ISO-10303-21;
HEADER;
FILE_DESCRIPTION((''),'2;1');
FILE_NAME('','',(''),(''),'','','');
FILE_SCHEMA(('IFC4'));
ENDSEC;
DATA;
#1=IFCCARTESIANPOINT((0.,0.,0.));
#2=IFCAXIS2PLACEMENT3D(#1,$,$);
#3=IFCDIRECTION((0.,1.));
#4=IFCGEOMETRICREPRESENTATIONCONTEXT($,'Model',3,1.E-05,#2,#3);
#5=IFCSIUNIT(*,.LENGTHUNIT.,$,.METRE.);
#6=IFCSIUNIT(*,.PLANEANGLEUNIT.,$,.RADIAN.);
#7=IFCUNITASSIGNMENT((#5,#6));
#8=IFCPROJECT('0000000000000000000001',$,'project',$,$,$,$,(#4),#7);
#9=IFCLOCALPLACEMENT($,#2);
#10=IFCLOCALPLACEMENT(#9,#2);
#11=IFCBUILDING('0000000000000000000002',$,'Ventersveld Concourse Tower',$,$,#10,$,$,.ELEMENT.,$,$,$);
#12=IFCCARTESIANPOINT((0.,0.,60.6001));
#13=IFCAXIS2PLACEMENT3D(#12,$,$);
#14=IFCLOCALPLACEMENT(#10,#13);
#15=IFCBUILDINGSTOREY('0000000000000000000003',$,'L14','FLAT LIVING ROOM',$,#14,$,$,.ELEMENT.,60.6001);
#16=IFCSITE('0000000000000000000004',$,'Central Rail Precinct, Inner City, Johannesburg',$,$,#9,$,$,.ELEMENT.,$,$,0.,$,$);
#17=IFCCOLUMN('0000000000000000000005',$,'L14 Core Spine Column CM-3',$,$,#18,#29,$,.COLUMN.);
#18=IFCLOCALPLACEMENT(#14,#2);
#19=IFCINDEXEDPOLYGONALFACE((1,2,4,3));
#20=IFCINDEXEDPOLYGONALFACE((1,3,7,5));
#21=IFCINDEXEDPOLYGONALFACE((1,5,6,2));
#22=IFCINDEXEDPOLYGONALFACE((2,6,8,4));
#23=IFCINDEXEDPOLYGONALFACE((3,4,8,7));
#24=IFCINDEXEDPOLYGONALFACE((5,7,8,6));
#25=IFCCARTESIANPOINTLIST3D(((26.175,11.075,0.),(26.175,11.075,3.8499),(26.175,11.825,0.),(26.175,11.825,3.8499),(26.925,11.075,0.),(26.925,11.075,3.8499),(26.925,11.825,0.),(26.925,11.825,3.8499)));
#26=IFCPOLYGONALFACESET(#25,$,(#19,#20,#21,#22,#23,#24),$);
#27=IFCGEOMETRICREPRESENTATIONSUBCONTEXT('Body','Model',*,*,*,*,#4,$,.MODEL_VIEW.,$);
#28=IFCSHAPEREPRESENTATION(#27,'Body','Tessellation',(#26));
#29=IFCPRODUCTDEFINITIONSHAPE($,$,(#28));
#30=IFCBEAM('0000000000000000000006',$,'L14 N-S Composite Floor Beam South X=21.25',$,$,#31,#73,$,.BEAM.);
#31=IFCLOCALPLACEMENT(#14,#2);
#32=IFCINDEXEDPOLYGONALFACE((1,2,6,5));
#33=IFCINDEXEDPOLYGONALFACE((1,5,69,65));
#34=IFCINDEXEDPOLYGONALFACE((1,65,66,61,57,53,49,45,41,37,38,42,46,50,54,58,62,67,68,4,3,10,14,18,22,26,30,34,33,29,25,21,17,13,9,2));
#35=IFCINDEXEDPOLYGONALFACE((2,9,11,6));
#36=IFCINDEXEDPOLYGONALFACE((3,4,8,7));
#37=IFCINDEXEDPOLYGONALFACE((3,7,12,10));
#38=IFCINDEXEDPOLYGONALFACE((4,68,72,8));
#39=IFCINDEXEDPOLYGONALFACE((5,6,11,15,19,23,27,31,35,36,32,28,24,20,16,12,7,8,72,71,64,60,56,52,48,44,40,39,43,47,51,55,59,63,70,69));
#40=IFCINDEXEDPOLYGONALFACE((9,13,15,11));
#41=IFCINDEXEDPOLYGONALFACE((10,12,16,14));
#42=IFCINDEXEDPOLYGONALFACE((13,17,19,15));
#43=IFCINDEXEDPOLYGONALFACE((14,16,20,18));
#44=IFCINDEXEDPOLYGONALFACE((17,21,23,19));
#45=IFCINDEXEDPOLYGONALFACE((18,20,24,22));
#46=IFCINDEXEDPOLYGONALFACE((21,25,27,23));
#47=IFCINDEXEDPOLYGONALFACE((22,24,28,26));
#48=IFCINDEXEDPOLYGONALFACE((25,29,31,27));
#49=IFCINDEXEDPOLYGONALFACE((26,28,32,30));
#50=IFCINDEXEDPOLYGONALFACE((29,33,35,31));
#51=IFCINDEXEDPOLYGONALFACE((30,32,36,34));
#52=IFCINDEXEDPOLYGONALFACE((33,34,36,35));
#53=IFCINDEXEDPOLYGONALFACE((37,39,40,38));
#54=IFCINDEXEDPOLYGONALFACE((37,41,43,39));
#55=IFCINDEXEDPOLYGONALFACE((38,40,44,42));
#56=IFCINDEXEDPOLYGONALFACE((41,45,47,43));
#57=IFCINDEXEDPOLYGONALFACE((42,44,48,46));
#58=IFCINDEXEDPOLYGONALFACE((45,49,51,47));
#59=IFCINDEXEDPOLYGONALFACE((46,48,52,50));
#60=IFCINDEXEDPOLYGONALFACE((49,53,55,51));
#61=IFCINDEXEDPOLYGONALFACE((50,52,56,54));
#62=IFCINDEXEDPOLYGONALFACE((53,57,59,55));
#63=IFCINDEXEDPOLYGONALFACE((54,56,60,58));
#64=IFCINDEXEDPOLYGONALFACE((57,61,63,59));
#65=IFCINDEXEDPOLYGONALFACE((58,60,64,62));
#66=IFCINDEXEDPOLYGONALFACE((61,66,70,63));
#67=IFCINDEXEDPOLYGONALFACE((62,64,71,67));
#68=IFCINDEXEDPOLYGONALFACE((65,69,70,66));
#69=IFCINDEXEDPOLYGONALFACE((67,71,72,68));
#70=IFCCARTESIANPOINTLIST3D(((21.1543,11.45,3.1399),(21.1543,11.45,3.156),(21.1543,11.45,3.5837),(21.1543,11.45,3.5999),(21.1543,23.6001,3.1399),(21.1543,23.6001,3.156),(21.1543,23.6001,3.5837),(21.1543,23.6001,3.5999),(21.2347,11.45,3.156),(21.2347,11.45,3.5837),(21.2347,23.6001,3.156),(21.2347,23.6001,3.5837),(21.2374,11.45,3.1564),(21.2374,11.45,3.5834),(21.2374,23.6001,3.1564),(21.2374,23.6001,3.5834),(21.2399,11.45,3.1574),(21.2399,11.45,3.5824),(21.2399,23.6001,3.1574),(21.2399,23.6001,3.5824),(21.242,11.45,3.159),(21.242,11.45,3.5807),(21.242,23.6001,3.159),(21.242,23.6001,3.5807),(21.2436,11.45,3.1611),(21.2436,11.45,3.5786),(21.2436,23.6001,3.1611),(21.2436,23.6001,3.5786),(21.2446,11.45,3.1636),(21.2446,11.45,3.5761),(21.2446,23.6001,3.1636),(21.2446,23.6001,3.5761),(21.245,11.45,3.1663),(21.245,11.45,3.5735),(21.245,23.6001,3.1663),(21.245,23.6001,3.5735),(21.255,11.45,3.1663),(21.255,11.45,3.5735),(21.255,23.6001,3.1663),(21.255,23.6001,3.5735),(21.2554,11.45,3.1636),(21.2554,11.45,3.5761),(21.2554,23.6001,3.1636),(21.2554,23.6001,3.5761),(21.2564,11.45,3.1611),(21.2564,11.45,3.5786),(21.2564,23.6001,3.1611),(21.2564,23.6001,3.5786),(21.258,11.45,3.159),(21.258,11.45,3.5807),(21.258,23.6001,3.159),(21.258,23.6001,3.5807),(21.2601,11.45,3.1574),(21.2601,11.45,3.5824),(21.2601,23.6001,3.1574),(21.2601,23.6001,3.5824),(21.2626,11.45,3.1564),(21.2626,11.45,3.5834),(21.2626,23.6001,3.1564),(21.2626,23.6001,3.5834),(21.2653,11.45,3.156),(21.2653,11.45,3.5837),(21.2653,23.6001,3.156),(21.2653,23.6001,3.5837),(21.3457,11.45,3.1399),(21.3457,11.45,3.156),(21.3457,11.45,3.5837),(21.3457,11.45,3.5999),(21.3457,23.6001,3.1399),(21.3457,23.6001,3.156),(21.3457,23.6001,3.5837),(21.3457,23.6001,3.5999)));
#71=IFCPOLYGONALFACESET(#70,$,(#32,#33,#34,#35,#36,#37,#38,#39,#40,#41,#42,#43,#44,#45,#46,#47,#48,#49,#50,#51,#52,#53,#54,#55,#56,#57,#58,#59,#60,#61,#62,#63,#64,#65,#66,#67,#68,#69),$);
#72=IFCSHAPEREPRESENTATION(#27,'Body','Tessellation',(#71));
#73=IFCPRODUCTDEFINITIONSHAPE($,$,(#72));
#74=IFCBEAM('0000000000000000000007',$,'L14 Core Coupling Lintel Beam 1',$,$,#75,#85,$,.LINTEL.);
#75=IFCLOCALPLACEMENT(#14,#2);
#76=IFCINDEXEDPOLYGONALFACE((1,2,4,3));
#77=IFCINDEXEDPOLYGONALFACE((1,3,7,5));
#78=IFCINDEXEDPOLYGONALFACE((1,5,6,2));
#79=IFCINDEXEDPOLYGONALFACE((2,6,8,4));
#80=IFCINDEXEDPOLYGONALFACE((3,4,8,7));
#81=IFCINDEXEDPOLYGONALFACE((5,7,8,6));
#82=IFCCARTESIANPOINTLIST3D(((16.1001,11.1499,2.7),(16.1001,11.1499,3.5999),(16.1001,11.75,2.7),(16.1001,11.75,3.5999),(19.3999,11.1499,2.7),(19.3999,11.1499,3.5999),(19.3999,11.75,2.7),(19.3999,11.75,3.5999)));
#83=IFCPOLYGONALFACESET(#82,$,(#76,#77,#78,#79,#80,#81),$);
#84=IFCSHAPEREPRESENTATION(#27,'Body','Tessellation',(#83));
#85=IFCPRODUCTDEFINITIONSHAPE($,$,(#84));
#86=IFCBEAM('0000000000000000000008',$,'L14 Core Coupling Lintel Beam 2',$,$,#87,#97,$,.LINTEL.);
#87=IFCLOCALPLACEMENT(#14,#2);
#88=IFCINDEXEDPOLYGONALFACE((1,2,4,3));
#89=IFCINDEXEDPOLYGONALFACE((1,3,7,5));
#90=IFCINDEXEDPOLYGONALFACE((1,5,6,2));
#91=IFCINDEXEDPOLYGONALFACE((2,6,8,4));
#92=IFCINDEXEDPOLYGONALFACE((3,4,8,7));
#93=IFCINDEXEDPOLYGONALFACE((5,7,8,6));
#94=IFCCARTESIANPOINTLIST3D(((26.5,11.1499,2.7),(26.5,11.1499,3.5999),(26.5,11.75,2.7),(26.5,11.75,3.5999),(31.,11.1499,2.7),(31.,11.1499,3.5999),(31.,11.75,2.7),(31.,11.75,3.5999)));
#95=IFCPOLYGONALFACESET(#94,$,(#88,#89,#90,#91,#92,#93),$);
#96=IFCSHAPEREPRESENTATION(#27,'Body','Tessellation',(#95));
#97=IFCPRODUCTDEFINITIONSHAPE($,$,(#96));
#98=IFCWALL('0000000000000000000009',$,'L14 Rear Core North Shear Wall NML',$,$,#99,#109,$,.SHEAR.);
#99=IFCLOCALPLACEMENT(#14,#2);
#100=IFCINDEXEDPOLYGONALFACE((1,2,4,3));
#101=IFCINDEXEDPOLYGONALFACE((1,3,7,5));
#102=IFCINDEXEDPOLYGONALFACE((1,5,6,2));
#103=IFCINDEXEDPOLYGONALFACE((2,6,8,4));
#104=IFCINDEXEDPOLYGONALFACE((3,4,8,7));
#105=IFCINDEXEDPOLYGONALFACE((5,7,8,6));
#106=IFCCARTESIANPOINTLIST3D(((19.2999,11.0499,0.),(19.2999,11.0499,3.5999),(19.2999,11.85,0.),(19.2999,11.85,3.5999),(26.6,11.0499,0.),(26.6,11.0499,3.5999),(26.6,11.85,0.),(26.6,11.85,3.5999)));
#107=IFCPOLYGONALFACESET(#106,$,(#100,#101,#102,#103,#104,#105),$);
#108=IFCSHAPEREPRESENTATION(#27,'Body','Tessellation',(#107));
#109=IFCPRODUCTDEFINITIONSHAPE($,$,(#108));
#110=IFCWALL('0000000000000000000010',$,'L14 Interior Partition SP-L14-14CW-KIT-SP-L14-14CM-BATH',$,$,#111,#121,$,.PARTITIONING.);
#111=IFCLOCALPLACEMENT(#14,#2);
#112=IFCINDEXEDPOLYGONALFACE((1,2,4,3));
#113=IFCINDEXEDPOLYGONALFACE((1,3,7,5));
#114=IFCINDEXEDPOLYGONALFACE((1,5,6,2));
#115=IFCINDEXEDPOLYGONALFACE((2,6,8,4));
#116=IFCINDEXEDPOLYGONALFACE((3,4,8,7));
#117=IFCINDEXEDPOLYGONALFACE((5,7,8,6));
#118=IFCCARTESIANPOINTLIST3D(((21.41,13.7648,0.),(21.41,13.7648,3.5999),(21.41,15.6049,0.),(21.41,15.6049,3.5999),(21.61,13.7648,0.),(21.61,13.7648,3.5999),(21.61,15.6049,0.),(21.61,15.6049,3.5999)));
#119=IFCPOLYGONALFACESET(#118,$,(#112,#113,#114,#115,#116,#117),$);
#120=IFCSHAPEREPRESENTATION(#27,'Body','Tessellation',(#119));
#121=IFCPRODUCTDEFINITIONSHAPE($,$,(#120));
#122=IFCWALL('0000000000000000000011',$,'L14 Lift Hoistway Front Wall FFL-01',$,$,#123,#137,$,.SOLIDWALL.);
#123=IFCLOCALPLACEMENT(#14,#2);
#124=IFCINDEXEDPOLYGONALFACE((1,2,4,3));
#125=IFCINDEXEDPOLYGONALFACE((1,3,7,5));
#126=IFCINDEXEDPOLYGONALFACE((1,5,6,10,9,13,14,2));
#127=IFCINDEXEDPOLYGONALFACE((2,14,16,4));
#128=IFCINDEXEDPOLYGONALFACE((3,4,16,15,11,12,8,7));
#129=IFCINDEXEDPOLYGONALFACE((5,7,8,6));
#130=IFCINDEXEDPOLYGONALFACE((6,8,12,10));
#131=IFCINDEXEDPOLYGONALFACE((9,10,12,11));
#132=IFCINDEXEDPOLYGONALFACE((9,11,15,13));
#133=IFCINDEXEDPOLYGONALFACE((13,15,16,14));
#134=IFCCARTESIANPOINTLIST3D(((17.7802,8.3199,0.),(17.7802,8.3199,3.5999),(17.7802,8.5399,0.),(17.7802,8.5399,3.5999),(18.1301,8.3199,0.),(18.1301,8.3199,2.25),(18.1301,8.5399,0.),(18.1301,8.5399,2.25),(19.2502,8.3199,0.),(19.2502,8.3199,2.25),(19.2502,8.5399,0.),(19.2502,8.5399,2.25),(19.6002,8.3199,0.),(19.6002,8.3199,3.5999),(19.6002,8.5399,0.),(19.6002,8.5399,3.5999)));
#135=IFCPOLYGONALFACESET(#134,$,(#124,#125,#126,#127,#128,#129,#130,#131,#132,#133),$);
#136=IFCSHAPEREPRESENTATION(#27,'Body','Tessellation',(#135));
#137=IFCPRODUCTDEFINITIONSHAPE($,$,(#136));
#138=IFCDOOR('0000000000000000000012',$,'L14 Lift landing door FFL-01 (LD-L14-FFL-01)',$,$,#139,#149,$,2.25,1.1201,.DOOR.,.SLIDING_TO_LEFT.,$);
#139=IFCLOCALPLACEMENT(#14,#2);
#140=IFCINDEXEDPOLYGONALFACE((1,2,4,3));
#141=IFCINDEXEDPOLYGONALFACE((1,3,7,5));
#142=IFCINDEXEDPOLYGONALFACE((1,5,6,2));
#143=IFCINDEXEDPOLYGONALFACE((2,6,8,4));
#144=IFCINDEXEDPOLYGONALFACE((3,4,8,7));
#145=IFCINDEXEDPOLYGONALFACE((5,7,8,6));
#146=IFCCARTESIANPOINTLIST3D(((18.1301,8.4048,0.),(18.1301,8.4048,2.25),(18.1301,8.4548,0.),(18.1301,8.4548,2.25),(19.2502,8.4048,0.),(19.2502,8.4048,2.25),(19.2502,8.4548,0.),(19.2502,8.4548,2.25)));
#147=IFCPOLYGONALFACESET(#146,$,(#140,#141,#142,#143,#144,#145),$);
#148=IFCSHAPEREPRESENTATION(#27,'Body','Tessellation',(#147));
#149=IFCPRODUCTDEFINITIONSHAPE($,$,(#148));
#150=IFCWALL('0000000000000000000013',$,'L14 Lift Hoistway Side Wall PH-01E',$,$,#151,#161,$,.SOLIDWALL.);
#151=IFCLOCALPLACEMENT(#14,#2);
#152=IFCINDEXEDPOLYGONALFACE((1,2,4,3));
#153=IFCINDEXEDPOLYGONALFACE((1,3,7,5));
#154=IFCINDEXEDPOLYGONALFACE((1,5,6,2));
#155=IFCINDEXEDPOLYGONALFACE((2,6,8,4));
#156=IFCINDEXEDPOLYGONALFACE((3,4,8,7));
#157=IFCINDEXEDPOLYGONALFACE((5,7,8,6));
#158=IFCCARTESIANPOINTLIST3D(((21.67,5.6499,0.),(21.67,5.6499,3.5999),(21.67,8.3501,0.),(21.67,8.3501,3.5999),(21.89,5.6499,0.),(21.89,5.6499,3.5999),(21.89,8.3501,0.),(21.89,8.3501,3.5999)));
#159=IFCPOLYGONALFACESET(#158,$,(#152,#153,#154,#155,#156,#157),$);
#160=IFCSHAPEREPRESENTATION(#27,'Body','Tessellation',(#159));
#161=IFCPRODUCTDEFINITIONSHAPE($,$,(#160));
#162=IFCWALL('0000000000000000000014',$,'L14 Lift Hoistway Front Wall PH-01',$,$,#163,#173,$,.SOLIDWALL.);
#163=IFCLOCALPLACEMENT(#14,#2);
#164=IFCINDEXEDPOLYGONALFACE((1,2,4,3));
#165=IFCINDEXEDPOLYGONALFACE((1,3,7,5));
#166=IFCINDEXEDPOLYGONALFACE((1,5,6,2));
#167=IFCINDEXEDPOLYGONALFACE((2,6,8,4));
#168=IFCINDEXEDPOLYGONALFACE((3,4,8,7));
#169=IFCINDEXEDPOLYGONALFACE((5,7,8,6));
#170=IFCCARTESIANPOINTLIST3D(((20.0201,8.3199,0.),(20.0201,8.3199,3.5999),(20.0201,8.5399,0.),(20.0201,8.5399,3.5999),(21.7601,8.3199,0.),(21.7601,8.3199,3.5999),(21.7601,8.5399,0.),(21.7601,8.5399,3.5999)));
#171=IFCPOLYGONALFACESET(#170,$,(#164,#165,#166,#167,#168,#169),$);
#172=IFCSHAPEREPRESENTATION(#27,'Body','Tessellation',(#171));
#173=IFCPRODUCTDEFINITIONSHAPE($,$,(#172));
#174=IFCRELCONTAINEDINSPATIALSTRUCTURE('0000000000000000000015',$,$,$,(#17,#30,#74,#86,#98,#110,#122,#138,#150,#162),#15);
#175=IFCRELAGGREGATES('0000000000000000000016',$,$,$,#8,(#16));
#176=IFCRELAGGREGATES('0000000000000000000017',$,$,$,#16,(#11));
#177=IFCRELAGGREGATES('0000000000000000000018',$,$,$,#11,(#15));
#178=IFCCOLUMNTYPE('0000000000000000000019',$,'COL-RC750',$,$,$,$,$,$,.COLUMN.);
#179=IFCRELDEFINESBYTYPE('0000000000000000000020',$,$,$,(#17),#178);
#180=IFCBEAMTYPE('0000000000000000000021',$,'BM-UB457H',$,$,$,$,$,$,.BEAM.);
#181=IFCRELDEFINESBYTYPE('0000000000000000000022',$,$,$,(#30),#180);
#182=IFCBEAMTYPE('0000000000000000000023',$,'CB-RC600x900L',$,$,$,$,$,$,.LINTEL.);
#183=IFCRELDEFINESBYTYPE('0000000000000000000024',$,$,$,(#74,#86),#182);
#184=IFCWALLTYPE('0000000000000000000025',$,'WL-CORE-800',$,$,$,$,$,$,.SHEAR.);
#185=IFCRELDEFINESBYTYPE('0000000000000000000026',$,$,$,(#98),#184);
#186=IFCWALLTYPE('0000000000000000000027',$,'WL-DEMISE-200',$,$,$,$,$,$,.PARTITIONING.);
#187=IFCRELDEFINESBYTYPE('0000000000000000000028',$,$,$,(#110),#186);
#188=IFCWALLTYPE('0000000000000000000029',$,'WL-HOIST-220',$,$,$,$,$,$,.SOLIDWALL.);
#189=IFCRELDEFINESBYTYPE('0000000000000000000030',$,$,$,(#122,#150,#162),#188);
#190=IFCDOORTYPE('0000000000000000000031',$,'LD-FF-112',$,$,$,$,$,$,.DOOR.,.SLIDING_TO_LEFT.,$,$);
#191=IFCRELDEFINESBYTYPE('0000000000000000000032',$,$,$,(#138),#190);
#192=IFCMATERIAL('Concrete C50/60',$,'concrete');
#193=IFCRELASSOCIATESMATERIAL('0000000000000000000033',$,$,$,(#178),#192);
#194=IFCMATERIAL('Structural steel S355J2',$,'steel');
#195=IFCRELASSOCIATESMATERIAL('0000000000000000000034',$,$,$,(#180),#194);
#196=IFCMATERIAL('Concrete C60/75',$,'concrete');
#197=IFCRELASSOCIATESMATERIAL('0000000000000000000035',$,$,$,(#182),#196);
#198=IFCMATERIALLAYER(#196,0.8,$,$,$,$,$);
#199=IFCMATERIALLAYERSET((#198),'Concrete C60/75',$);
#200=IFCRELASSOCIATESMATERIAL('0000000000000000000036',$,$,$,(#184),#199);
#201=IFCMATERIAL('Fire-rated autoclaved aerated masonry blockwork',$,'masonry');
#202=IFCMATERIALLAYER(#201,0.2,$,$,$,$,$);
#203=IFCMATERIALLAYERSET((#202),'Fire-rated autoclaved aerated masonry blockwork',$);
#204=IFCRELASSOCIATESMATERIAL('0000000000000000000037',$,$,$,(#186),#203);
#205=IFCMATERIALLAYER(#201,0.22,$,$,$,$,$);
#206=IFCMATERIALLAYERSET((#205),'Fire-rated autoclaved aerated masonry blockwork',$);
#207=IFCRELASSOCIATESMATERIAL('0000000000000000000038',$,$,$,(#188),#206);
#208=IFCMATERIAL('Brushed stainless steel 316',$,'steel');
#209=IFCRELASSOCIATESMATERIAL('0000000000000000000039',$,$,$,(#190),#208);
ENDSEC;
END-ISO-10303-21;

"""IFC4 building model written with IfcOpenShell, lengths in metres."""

from ifc_helpers import new_model, si_unit, direction, frame, frame_2d, origin, origin_2d, place, context, subcontext, project, spatial, rectangle, i_section, extrude, material, layer, layer_set, material_profile, profile_set, type_object, element, fill, save


model = new_model("IFC4")

# Units and contexts
model_context = context("Model", 3, precision=1e-05, world=origin(), true_north=direction((0.0, 1.0)))
body_context = subcontext(model_context, "Body", "Model", "MODEL_VIEW")
ifc_project = project(units=[si_unit("LENGTHUNIT", "METRE"), si_unit("PLANEANGLEUNIT", "RADIAN")], contexts=[model_context])

# Site, building, storey
site_placement = place(None, origin())
site = spatial("IfcSite", under=ifc_project, at=site_placement, Name="Central Rail Precinct, Inner City, Johannesburg", CompositionType="ELEMENT", RefElevation=0.0)
building_placement = place(site_placement, origin())
building = spatial("IfcBuilding", under=site, at=building_placement, Name="Ventersveld Concourse Tower", CompositionType="ELEMENT")
storey_placement = place(building_placement, frame((0.0, 0.0, 60.6001)))
storey = spatial("IfcBuildingStorey", under=building, at=storey_placement, Name="L14", Description="FLAT LIVING ROOM", CompositionType="ELEMENT", Elevation=60.6001)

# Column
ifc_material_1 = material(Name="Concrete C50/60", Category="concrete")
ifc_material_profile_1 = material_profile(ifc_material_1, rectangle(XDim=0.75, YDim=0.75, at=origin_2d()), Name="RC 750x750")
ifc_profile_set_1 = profile_set([ifc_material_profile_1], Name="Concrete C50/60")
column_type = type_object("IfcColumnType", Name="COL-RC750", PredefinedType="COLUMN", material=ifc_profile_set_1)
column_placement = place(storey_placement, frame((26.55, 11.45, 0.0), z_axis=(0.0, 0.0, 1.0), x_axis=(1.0, 0.0, 0.0)))
element("IfcColumn", 1, at=column_placement, inside=storey, type_object=column_type, Name="L14 Core Spine Column CM-3", PredefinedType="COLUMN", context=body_context, shape_type="SweptSolid", body=[
    extrude(rectangle(XDim=0.75, YDim=0.75, at=origin_2d()), origin(), (0.0, 0.0, 1.0), 3.8499),
])

# Beams
ifc_material_2 = material(Name="Structural steel S355J2", Category="steel")
ifc_material_profile_2 = material_profile(ifc_material_2, i_section(OverallWidth=0.1914, OverallDepth=0.46, WebThickness=0.01, FlangeThickness=0.0161, FilletRadius=0.0103, at=origin_2d()), Name="UB 457x191x82")
ifc_profile_set_2 = profile_set([ifc_material_profile_2], Name="Structural steel S355J2")
beam_type_1 = type_object("IfcBeamType", Name="BM-UB457H", PredefinedType="BEAM", material=ifc_profile_set_2)
beam_1_placement = place(storey_placement, frame((21.25, 11.45, 3.3699), z_axis=(0.0, 1.0, 0.0), x_axis=(-1.0, 0.0, 0.0)))
element("IfcBeam", 2, at=beam_1_placement, inside=storey, type_object=beam_type_1, Name="L14 N-S Composite Floor Beam South X=21.25", PredefinedType="BEAM", context=body_context, shape_type="SweptSolid", body=[
    extrude(i_section(OverallWidth=0.1914, OverallDepth=0.46, WebThickness=0.01, FlangeThickness=0.0161, FilletRadius=0.0103, at=origin_2d()), origin(), (0.0, 0.0, 1.0), 12.1501),
])
ifc_material_3 = material(Name="Concrete C60/75", Category="concrete")
ifc_material_profile_3 = material_profile(ifc_material_3, rectangle(XDim=0.6001, YDim=0.8999, at=origin_2d()), Name="RC 600x900")
ifc_profile_set_3 = profile_set([ifc_material_profile_3], Name="Concrete C60/75")
beam_type_2 = type_object("IfcBeamType", Name="CB-RC600x900L", PredefinedType="LINTEL", material=ifc_profile_set_3)
beam_2_placement = place(storey_placement, frame((16.1001, 11.45, 3.1499), z_axis=(1.0, 0.0, 0.0), x_axis=(0.0, 1.0, 0.0)))
element("IfcBeam", 3, at=beam_2_placement, inside=storey, type_object=beam_type_2, Name="L14 Core Coupling Lintel Beam 1", PredefinedType="LINTEL", context=body_context, shape_type="SweptSolid", body=[
    extrude(rectangle(XDim=0.6001, YDim=0.8999, at=origin_2d()), origin(), (0.0, 0.0, 1.0), 3.2998),
])
beam_3_placement = place(storey_placement, frame((26.5, 11.45, 3.1499), z_axis=(1.0, 0.0, 0.0), x_axis=(0.0, 1.0, 0.0)))
element("IfcBeam", 4, at=beam_3_placement, inside=storey, type_object=beam_type_2, Name="L14 Core Coupling Lintel Beam 2", PredefinedType="LINTEL", context=body_context, shape_type="SweptSolid", body=[
    extrude(rectangle(XDim=0.6001, YDim=0.8999, at=origin_2d()), origin(), (0.0, 0.0, 1.0), 4.5),
])

# Walls
ifc_layer_1 = layer(ifc_material_3, 0.8)
ifc_layer_set_1 = layer_set([ifc_layer_1], Name="Concrete C60/75")
wall_type_1 = type_object("IfcWallType", Name="WL-CORE-800", PredefinedType="SHEAR", material=ifc_layer_set_1)
wall_1_placement = place(storey_placement, frame((19.3, 11.45, 0.0), z_axis=(0.0, 0.0, 1.0), x_axis=(1.0, 0.0, 0.0)))
element("IfcWall", 5, at=wall_1_placement, inside=storey, type_object=wall_type_1, Name="L14 Rear Core North Shear Wall NML", PredefinedType="SHEAR", context=body_context, shape_type="SweptSolid", body=[
    extrude(rectangle(XDim=7.3, YDim=0.8, at=frame_2d((3.6499, 0.0))), origin(), (0.0, 0.0, 1.0), 3.5999),
])
ifc_material_4 = material(Name="Fire-rated autoclaved aerated masonry blockwork", Category="masonry")
ifc_layer_2 = layer(ifc_material_4, 0.2)
ifc_layer_set_2 = layer_set([ifc_layer_2], Name="Fire-rated autoclaved aerated masonry blockwork")
wall_type_2 = type_object("IfcWallType", Name="WL-DEMISE-200", PredefinedType="PARTITIONING", material=ifc_layer_set_2)
wall_2_placement = place(storey_placement, frame((21.51, 13.7649, 0.0), z_axis=(0.0, 0.0, 1.0), x_axis=(0.0, 1.0, 0.0)))
element("IfcWall", 6, at=wall_2_placement, inside=storey, type_object=wall_type_2, Name="L14 Interior Partition SP-L14-14CW-KIT-SP-L14-14CM-BATH", PredefinedType="PARTITIONING", context=body_context, shape_type="SweptSolid", body=[
    extrude(rectangle(XDim=1.8401, YDim=0.2, at=frame_2d((0.9199, 0.0))), origin(), (0.0, 0.0, 1.0), 3.5999),
])

# Wall, opening, door
ifc_layer_3 = layer(ifc_material_4, 0.22)
ifc_layer_set_3 = layer_set([ifc_layer_3], Name="Fire-rated autoclaved aerated masonry blockwork")
wall_type_3 = type_object("IfcWallType", Name="WL-HOIST-220", PredefinedType="SOLIDWALL", material=ifc_layer_set_3)
wall_3_placement = place(storey_placement, frame((17.78, 8.4299, 0.0), z_axis=(0.0, 0.0, 1.0), x_axis=(1.0, 0.0, 0.0)))
wall_3 = element("IfcWall", 7, at=wall_3_placement, inside=storey, type_object=wall_type_3, Name="L14 Lift Hoistway Front Wall FFL-01", PredefinedType="SOLIDWALL", context=body_context, shape_type="SweptSolid", body=[
    extrude(rectangle(XDim=1.8201, YDim=0.22, at=frame_2d((0.9102, 0.0))), origin(), (0.0, 0.0, 1.0), 3.5999),
])
opening_1_placement = place(wall_3_placement, frame((0.3501, 0.0, 0.0)))
opening_1 = element("IfcOpeningElement", 8, at=opening_1_placement, cuts=wall_3, PredefinedType="OPENING", context=body_context, shape_type="SweptSolid", body=[
    extrude(rectangle(XDim=1.1201, YDim=2.25, at=frame_2d((0.5601, 1.125))), frame((0.0, 0.1201, 0.0), z_axis=(0.0, -1.0, 0.0), x_axis=(1.0, 0.0, 0.0)), (0.0, 0.0, 1.0), 0.24),
])
ifc_material_5 = material(Name="Brushed stainless steel 316", Category="steel")
door_type_1 = type_object("IfcDoorType", Name="LD-FF-112", OperationType="SLIDING_TO_LEFT", PredefinedType="DOOR", material=ifc_material_5)
door_1_placement = place(opening_1_placement, origin())
door_1 = element("IfcDoor", 9, at=door_1_placement, inside=storey, type_object=door_type_1, Name="L14 Lift landing door FFL-01 (LD-L14-FFL-01)", OperationType="SLIDING_TO_LEFT", OverallHeight=2.25, OverallWidth=1.1201, PredefinedType="DOOR", context=body_context, shape_type="SweptSolid", body=[
    extrude(rectangle(XDim=1.1201, YDim=2.25, at=frame_2d((0.5601, 1.125))), frame((0.0, 0.0249, 0.0), z_axis=(0.0, -1.0, 0.0), x_axis=(1.0, 0.0, 0.0)), (0.0, 0.0, 1.0), 0.05),
])
fill(opening_1, door_1)

# Walls
wall_4_placement = place(storey_placement, frame((21.78, 5.6499, 0.0), z_axis=(0.0, 0.0, 1.0), x_axis=(0.0, 1.0, 0.0)))
element("IfcWall", 10, at=wall_4_placement, inside=storey, type_object=wall_type_3, Name="L14 Lift Hoistway Side Wall PH-01E", PredefinedType="SOLIDWALL", context=body_context, shape_type="SweptSolid", body=[
    extrude(rectangle(XDim=2.7002, YDim=0.22, at=frame_2d((1.3501, 0.0))), origin(), (0.0, 0.0, 1.0), 3.5999),
])
wall_5_placement = place(storey_placement, frame((20.02, 8.4299, 0.0), z_axis=(0.0, 0.0, 1.0), x_axis=(1.0, 0.0, 0.0)))
element("IfcWall", 11, at=wall_5_placement, inside=storey, type_object=wall_type_3, Name="L14 Lift Hoistway Front Wall PH-01", PredefinedType="SOLIDWALL", context=body_context, shape_type="SweptSolid", body=[
    extrude(rectangle(XDim=1.74, YDim=0.22, at=frame_2d((0.8701, 0.0))), origin(), (0.0, 0.0, 1.0), 3.5999),
])

save(model, "model.ifc")
